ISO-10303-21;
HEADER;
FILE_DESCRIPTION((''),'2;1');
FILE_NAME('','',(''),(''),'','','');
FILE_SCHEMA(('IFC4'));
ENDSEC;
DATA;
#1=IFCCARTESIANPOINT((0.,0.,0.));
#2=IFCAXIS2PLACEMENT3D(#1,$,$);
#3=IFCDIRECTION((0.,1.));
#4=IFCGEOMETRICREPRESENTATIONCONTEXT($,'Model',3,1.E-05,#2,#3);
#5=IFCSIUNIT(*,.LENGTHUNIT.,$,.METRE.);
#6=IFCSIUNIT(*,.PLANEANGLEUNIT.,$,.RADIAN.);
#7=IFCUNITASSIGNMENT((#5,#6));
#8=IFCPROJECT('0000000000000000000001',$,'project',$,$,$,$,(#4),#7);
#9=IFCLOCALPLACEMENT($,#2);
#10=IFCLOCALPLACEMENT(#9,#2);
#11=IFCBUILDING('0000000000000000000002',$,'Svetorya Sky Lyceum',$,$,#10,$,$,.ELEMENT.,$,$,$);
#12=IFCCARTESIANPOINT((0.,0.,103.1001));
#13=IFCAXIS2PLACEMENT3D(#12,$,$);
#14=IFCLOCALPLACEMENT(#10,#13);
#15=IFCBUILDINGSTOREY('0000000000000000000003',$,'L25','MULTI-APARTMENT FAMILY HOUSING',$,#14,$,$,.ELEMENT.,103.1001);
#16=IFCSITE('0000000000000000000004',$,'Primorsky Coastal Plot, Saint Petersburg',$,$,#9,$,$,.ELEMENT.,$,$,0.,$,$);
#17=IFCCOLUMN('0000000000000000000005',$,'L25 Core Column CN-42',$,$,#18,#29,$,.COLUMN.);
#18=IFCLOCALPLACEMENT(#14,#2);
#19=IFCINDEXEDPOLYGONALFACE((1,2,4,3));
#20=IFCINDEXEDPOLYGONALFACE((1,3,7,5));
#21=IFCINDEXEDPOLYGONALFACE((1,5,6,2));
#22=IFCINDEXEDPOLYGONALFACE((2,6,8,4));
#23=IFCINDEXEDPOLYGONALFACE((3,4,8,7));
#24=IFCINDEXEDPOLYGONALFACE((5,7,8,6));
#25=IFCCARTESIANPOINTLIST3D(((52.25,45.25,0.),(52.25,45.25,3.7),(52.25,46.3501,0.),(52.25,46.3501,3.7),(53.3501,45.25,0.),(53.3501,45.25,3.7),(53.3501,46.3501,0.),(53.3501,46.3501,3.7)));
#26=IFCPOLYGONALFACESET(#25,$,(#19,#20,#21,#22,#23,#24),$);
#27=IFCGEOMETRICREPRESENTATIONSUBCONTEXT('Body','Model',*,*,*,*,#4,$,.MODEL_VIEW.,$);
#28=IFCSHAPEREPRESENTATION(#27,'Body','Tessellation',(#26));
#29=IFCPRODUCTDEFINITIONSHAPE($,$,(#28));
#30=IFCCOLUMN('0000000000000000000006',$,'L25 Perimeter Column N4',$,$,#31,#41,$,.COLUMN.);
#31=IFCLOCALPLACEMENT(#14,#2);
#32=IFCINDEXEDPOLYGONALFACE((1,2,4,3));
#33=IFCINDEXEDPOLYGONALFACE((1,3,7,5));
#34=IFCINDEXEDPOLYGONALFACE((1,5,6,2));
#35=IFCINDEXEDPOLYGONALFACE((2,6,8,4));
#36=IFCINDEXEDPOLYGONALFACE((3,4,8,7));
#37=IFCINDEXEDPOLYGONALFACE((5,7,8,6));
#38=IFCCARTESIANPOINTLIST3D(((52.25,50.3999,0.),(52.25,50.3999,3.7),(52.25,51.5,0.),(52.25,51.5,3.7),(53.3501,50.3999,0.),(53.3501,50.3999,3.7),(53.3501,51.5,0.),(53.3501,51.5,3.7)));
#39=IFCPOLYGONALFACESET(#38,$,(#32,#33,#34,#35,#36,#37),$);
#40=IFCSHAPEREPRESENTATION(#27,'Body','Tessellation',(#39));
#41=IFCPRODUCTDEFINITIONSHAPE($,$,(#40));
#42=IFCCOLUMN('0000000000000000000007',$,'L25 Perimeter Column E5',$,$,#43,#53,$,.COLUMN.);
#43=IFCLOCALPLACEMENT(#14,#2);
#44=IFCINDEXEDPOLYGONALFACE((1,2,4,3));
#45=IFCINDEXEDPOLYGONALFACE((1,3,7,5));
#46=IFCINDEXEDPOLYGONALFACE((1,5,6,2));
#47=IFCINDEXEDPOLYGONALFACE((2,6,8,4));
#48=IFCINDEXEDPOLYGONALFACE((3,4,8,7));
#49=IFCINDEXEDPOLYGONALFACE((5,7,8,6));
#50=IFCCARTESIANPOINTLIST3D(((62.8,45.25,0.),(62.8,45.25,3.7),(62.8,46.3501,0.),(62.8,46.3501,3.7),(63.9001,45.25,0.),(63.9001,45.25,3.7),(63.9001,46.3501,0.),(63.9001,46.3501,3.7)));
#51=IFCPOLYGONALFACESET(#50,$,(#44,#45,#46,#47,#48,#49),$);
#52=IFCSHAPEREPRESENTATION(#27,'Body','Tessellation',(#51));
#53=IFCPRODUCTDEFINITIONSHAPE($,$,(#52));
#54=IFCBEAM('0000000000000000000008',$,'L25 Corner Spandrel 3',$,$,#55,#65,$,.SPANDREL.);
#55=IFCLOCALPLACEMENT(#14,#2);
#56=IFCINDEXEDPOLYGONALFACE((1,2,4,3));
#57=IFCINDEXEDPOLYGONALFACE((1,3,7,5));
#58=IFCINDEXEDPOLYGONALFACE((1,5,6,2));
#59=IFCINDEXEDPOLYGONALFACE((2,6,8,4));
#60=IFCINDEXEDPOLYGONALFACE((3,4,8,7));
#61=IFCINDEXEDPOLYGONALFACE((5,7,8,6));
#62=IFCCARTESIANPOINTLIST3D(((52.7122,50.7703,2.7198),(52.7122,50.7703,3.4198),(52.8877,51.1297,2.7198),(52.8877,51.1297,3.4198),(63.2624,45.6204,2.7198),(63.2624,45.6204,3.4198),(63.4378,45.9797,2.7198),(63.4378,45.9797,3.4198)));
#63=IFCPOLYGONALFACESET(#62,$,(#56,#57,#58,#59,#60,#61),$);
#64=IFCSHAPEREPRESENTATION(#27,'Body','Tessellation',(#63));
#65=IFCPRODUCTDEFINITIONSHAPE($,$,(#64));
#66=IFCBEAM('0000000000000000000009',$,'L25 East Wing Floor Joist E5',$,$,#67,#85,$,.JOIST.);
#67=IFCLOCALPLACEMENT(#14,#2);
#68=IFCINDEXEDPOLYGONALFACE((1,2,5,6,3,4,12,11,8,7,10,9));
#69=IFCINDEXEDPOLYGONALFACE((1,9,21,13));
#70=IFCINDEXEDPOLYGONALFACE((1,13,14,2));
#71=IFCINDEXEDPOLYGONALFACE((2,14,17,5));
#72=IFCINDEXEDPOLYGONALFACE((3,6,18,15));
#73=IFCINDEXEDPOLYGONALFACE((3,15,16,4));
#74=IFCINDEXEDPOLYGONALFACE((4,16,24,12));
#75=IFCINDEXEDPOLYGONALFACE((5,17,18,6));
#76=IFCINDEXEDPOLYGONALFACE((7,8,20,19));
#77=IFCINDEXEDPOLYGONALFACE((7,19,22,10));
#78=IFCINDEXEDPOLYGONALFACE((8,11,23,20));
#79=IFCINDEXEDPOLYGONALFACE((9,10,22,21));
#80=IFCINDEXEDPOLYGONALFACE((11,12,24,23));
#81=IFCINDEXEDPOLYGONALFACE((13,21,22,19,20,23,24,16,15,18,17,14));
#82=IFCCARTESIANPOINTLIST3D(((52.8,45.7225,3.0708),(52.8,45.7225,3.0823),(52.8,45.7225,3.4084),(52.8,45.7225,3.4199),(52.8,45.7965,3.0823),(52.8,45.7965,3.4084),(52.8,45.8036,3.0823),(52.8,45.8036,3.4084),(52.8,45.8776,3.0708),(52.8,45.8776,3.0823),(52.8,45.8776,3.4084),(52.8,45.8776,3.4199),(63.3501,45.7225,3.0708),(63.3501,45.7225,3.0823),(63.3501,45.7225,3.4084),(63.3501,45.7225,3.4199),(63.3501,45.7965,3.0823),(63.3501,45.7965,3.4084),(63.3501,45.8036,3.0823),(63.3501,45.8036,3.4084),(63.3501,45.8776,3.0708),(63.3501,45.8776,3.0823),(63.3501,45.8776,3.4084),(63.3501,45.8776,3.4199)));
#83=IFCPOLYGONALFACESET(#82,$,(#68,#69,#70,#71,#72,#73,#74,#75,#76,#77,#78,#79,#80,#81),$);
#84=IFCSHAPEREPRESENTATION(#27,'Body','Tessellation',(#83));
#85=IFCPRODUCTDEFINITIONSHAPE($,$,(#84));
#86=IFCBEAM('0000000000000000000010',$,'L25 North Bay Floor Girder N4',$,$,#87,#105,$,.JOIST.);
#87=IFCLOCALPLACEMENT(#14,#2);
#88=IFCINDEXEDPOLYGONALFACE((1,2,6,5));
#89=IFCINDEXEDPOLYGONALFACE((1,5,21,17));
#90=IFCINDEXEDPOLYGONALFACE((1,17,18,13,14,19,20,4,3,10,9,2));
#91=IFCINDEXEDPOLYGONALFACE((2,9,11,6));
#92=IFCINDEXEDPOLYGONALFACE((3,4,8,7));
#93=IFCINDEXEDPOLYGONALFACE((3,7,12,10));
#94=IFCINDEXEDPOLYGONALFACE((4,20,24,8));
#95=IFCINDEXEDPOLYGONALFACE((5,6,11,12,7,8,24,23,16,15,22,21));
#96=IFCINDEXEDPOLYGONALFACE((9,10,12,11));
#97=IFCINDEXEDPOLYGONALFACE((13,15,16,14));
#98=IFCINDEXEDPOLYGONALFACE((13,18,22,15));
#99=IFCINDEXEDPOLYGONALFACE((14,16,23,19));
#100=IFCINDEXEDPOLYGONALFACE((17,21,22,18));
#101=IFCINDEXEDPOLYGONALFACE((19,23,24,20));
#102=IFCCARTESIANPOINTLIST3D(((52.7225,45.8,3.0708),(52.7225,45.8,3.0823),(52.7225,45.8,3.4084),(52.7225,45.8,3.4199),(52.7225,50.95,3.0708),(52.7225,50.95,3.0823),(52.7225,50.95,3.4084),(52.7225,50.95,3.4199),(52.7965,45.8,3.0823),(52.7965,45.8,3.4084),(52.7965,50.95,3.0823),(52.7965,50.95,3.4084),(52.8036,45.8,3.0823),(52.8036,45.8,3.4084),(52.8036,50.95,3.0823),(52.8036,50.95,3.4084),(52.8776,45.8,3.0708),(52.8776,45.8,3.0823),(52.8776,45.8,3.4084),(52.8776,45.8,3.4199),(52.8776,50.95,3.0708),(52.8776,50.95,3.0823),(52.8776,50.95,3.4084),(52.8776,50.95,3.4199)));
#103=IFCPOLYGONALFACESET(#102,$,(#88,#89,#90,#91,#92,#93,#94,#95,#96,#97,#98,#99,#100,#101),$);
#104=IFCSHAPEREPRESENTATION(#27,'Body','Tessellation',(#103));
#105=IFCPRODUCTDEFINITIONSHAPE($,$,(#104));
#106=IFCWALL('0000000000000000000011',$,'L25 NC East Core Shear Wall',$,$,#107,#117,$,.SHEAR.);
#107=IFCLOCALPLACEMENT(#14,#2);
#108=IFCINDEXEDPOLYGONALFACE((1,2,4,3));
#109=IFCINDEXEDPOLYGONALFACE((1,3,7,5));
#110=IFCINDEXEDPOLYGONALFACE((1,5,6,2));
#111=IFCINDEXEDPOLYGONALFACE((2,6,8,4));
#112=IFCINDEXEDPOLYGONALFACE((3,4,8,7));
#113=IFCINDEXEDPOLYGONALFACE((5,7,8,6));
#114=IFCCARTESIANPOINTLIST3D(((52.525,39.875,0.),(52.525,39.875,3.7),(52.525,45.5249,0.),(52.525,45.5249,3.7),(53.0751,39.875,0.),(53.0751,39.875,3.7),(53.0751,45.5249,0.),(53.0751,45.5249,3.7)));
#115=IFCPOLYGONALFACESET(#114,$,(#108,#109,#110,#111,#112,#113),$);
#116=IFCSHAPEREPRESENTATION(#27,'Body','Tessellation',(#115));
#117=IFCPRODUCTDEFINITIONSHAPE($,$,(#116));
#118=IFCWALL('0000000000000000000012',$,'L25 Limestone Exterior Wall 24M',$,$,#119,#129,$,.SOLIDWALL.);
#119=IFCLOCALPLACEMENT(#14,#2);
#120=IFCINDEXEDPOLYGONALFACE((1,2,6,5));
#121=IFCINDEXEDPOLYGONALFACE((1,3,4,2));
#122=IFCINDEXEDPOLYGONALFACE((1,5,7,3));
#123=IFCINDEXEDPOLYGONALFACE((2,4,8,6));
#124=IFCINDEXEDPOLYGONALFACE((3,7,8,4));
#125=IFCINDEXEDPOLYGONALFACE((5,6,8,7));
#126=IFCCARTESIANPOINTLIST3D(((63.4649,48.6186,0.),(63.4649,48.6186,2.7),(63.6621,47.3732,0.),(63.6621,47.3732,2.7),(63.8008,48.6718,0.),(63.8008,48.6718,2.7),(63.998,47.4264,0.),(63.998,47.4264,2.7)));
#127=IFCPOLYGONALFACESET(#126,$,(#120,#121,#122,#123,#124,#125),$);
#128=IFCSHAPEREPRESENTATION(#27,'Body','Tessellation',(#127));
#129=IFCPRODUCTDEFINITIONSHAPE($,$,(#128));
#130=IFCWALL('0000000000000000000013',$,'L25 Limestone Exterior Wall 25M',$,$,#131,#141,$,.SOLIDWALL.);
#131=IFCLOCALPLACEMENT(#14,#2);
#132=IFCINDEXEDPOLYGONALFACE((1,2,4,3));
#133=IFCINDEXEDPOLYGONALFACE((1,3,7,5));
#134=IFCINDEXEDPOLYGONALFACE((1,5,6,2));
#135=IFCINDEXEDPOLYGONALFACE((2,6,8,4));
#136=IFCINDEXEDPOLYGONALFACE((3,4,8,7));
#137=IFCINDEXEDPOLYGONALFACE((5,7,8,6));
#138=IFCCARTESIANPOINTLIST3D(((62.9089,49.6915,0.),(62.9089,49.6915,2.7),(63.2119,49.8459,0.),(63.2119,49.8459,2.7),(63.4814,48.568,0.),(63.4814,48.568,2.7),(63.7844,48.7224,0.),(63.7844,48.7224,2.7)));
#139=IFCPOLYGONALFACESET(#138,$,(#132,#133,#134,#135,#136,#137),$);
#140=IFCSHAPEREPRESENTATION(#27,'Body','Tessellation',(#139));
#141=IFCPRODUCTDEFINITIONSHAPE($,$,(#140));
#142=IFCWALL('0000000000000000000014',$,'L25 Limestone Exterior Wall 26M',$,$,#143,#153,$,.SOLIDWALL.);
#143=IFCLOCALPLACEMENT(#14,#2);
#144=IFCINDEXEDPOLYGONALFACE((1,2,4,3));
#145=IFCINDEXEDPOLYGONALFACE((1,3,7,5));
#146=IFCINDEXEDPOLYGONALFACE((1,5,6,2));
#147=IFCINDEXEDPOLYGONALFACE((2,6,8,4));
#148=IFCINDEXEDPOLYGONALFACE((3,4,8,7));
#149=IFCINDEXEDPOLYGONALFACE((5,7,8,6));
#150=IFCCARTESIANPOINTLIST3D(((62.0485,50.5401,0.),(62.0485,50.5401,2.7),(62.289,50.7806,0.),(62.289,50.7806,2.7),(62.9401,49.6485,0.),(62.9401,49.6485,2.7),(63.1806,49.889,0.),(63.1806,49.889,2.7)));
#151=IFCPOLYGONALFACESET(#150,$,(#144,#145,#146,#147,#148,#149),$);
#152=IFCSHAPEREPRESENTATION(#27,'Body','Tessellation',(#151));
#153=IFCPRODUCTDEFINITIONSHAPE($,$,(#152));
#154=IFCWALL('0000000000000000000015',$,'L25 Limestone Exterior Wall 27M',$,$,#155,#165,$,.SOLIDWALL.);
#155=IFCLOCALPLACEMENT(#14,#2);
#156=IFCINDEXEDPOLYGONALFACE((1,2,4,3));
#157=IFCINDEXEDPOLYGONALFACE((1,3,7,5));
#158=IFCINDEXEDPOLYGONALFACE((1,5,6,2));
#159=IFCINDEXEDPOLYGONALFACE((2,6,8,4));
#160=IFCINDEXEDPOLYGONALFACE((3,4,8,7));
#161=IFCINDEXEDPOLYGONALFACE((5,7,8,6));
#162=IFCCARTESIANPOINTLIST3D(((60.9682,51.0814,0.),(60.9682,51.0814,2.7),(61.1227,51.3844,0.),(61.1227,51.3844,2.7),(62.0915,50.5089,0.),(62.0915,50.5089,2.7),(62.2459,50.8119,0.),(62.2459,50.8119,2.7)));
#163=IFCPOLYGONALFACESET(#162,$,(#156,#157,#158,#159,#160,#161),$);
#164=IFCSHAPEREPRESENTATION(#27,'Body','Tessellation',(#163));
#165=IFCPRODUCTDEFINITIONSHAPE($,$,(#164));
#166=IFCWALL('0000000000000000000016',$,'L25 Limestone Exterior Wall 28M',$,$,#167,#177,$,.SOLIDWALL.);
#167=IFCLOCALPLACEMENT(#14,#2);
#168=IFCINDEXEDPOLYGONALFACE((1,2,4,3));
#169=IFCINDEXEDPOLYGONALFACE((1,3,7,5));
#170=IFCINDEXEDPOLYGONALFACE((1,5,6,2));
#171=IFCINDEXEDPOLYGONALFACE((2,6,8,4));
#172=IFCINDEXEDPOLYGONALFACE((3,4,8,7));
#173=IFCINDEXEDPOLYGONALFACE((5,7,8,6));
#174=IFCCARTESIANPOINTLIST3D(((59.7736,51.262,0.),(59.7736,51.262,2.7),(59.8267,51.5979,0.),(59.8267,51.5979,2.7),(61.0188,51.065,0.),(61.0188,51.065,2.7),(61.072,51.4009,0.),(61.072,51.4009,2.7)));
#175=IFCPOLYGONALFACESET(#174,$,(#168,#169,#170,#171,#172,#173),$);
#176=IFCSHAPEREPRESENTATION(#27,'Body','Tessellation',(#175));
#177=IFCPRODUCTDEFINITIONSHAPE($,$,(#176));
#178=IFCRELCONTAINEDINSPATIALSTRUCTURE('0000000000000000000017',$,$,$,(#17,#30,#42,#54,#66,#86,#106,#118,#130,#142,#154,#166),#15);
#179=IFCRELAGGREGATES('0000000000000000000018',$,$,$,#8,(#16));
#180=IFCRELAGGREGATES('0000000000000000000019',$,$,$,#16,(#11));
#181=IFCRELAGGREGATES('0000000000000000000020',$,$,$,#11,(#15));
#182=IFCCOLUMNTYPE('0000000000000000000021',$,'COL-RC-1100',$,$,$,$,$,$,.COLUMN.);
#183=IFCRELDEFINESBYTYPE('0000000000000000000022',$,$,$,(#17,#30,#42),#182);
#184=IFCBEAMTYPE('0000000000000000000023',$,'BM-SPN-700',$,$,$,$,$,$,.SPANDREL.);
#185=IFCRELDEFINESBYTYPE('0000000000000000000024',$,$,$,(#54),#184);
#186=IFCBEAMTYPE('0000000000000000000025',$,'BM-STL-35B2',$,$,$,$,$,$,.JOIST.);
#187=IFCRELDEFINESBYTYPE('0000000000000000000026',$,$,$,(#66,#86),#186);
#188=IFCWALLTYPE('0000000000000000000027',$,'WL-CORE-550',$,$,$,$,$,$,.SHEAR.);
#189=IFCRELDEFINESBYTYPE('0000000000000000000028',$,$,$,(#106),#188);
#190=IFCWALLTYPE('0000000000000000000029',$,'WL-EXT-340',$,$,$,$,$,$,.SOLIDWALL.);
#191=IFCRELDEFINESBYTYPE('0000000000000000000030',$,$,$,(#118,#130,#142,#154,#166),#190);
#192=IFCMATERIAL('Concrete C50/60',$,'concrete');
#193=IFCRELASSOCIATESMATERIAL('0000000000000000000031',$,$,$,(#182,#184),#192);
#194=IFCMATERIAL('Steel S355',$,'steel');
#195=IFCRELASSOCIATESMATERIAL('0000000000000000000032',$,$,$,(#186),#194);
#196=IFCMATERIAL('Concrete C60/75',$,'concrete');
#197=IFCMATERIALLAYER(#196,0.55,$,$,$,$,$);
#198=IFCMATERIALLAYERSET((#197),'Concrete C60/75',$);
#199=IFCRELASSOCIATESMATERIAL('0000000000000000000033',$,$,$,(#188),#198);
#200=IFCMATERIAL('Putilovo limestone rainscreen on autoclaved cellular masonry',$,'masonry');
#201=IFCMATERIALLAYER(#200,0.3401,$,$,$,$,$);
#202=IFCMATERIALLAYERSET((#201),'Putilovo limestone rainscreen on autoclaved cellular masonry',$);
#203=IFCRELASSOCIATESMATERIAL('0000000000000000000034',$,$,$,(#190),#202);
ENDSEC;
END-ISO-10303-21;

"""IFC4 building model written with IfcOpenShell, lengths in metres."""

from ifc_helpers import new_model, si_unit, direction, frame, frame_2d, origin, origin_2d, place, context, subcontext, project, spatial, rectangle, i_section, extrude, material, layer, layer_set, material_profile, profile_set, type_object, element, save


model = new_model("IFC4")

# Units and contexts
model_context = context("Model", 3, precision=1e-05, world=origin(), true_north=direction((0.0, 1.0)))
body_context = subcontext(model_context, "Body", "Model", "MODEL_VIEW")
ifc_project = project(units=[si_unit("LENGTHUNIT", "METRE"), si_unit("PLANEANGLEUNIT", "RADIAN")], contexts=[model_context])

# Site, building, storey
site_placement = place(None, origin())
site = spatial("IfcSite", under=ifc_project, at=site_placement, Name="Primorsky Coastal Plot, Saint Petersburg", CompositionType="ELEMENT", RefElevation=0.0)
building_placement = place(site_placement, origin())
building = spatial("IfcBuilding", under=site, at=building_placement, Name="Svetorya Sky Lyceum", CompositionType="ELEMENT")
storey_placement = place(building_placement, frame((0.0, 0.0, 103.1001)))
storey = spatial("IfcBuildingStorey", under=building, at=storey_placement, Name="L25", Description="MULTI-APARTMENT FAMILY HOUSING", CompositionType="ELEMENT", Elevation=103.1001)

# Columns
ifc_material_1 = material(Name="Concrete C50/60", Category="concrete")
ifc_material_profile_1 = material_profile(ifc_material_1, rectangle(XDim=1.1001, YDim=1.1001, at=origin_2d()), Name="RC COL 1100x1100")
ifc_profile_set_1 = profile_set([ifc_material_profile_1], Name="Concrete C50/60")
column_type = type_object("IfcColumnType", Name="COL-RC-1100", PredefinedType="COLUMN", material=ifc_profile_set_1)
for number, where, z_axis, x_axis, name in (
    (1, (52.8, 45.8, 0.0), (0.0, 0.0, 1.0), (1.0, 0.0, 0.0), "L25 Core Column CN-42"),
    (2, (52.8, 50.95, 0.0), (0.0, 0.0, 1.0), (1.0, 0.0, 0.0), "L25 Perimeter Column N4"),
    (3, (63.3501, 45.8, 0.0), (0.0, 0.0, 1.0), (1.0, 0.0, 0.0), "L25 Perimeter Column E5"),
):
    element("IfcColumn", number, at=place(storey_placement, frame(where, z_axis=z_axis, x_axis=x_axis)), inside=storey, type_object=column_type, Name=name, PredefinedType="COLUMN", context=body_context, shape_type="SweptSolid", body=[
        extrude(rectangle(XDim=1.1001, YDim=1.1001, at=origin_2d()), origin(), (0.0, 0.0, 1.0), 3.7),
    ])

# Beams
ifc_material_profile_2 = material_profile(ifc_material_1, rectangle(XDim=0.3999, YDim=0.7, at=origin_2d()), Name="RC SPANDREL 400x700")
ifc_profile_set_2 = profile_set([ifc_material_profile_2], Name="Concrete C50/60")
beam_type_1 = type_object("IfcBeamType", Name="BM-SPN-700", PredefinedType="SPANDREL", material=ifc_profile_set_2)
beam_1_placement = place(storey_placement, frame((63.3501, 45.8, 3.0698), z_axis=(-0.89865, 0.438667, 0.0), x_axis=(-0.438667, -0.89865, 0.0)))
element("IfcBeam", 4, at=beam_1_placement, inside=storey, type_object=beam_type_1, Name="L25 Corner Spandrel 3", PredefinedType="SPANDREL", context=body_context, shape_type="SweptSolid", body=[
    extrude(rectangle(XDim=0.3999, YDim=0.7, at=origin_2d()), origin(), (0.0, 0.0, 1.0), 11.74),
])
ifc_material_2 = material(Name="Steel S355", Category="steel")
ifc_material_profile_3 = material_profile(ifc_material_2, i_section(OverallWidth=0.155, OverallDepth=0.3491, WebThickness=0.0071, FlangeThickness=0.0115, at=origin_2d()), Name="GOST 35B2")
ifc_profile_set_3 = profile_set([ifc_material_profile_3], Name="Steel S355")
beam_type_2 = type_object("IfcBeamType", Name="BM-STL-35B2", PredefinedType="JOIST", material=ifc_profile_set_3)
beam_2_placement = place(storey_placement, frame((52.8, 45.8, 3.2454), z_axis=(1.0, 0.0, 0.0), x_axis=(0.0, 1.0, 0.0)))
element("IfcBeam", 5, at=beam_2_placement, inside=storey, type_object=beam_type_2, Name="L25 East Wing Floor Joist E5", PredefinedType="JOIST", context=body_context, shape_type="SweptSolid", body=[
    extrude(i_section(OverallWidth=0.155, OverallDepth=0.3491, WebThickness=0.0071, FlangeThickness=0.0115, at=origin_2d()), origin(), (0.0, 0.0, 1.0), 10.55),
])
beam_3_placement = place(storey_placement, frame((52.8, 45.8, 3.2454), z_axis=(0.0, 1.0, 0.0), x_axis=(-1.0, 0.0, 0.0)))
element("IfcBeam", 6, at=beam_3_placement, inside=storey, type_object=beam_type_2, Name="L25 North Bay Floor Girder N4", PredefinedType="JOIST", context=body_context, shape_type="SweptSolid", body=[
    extrude(i_section(OverallWidth=0.155, OverallDepth=0.3491, WebThickness=0.0071, FlangeThickness=0.0115, at=origin_2d()), origin(), (0.0, 0.0, 1.0), 5.1499),
])

# Walls
ifc_material_3 = material(Name="Concrete C60/75", Category="concrete")
ifc_layer_1 = layer(ifc_material_3, 0.55)
ifc_layer_set_1 = layer_set([ifc_layer_1], Name="Concrete C60/75")
wall_type_1 = type_object("IfcWallType", Name="WL-CORE-550", PredefinedType="SHEAR", material=ifc_layer_set_1)
wall_1_placement = place(storey_placement, frame((52.8, 39.875, 0.0), z_axis=(0.0, 0.0, 1.0), x_axis=(0.0, 1.0, 0.0)))
element("IfcWall", 7, at=wall_1_placement, inside=storey, type_object=wall_type_1, Name="L25 NC East Core Shear Wall", PredefinedType="SHEAR", context=body_context, shape_type="SweptSolid", body=[
    extrude(rectangle(XDim=5.6499, YDim=0.55, at=frame_2d((2.825, 0.0))), origin(), (0.0, 0.0, 1.0), 3.7),
])
ifc_material_4 = material(Name="Putilovo limestone rainscreen on autoclaved cellular masonry", Category="masonry")
ifc_layer_2 = layer(ifc_material_4, 0.3401)
ifc_layer_set_2 = layer_set([ifc_layer_2], Name="Putilovo limestone rainscreen on autoclaved cellular masonry")
wall_type_2 = type_object("IfcWallType", Name="WL-EXT-340", PredefinedType="SOLIDWALL", material=ifc_layer_set_2)
for number, where, z_axis, x_axis, name in (
    (8, (63.8301, 47.3999, 0.0), (0.0, 0.0, 1.0), (-0.15645, 0.987686, 0.0), "L25 Limestone Exterior Wall 24M"),
    (9, (63.6328, 48.6453, 0.0), (0.0, 0.0, 1.0), (-0.454016, 0.890994, 0.0), "L25 Limestone Exterior Wall 25M"),
    (10, (63.0603, 49.7688, 0.0), (0.0, 0.0, 1.0), (-0.707107, 0.707107, 0.0), "L25 Limestone Exterior Wall 26M"),
):
    element("IfcWall", number, at=place(storey_placement, frame(where, z_axis=z_axis, x_axis=x_axis)), inside=storey, type_object=wall_type_2, Name=name, PredefinedType="SOLIDWALL", context=body_context, shape_type="SweptSolid", body=[
        extrude(rectangle(XDim=1.261, YDim=0.3401, at=frame_2d((0.6304, 0.0))), origin(), (0.0, 0.0, 1.0), 2.7),
    ])
for number, where, z_axis, x_axis, name in (
    (11, (62.1687, 50.6604, 0.0), (0.0, 0.0, 1.0), (-0.890954, 0.454094, 0.0), "L25 Limestone Exterior Wall 27M"),
    (12, (61.0454, 51.2329, 0.0), (0.0, 0.0, 1.0), (-0.987716, 0.156261, 0.0), "L25 Limestone Exterior Wall 28M"),
):
    element("IfcWall", number, at=place(storey_placement, frame(where, z_axis=z_axis, x_axis=x_axis)), inside=storey, type_object=wall_type_2, Name=name, PredefinedType="SOLIDWALL", context=body_context, shape_type="SweptSolid", body=[
        extrude(rectangle(XDim=1.2607, YDim=0.3401, at=frame_2d((0.6304, 0.0))), origin(), (0.0, 0.0, 1.0), 2.7),
    ])

save(model, "model.ifc")
